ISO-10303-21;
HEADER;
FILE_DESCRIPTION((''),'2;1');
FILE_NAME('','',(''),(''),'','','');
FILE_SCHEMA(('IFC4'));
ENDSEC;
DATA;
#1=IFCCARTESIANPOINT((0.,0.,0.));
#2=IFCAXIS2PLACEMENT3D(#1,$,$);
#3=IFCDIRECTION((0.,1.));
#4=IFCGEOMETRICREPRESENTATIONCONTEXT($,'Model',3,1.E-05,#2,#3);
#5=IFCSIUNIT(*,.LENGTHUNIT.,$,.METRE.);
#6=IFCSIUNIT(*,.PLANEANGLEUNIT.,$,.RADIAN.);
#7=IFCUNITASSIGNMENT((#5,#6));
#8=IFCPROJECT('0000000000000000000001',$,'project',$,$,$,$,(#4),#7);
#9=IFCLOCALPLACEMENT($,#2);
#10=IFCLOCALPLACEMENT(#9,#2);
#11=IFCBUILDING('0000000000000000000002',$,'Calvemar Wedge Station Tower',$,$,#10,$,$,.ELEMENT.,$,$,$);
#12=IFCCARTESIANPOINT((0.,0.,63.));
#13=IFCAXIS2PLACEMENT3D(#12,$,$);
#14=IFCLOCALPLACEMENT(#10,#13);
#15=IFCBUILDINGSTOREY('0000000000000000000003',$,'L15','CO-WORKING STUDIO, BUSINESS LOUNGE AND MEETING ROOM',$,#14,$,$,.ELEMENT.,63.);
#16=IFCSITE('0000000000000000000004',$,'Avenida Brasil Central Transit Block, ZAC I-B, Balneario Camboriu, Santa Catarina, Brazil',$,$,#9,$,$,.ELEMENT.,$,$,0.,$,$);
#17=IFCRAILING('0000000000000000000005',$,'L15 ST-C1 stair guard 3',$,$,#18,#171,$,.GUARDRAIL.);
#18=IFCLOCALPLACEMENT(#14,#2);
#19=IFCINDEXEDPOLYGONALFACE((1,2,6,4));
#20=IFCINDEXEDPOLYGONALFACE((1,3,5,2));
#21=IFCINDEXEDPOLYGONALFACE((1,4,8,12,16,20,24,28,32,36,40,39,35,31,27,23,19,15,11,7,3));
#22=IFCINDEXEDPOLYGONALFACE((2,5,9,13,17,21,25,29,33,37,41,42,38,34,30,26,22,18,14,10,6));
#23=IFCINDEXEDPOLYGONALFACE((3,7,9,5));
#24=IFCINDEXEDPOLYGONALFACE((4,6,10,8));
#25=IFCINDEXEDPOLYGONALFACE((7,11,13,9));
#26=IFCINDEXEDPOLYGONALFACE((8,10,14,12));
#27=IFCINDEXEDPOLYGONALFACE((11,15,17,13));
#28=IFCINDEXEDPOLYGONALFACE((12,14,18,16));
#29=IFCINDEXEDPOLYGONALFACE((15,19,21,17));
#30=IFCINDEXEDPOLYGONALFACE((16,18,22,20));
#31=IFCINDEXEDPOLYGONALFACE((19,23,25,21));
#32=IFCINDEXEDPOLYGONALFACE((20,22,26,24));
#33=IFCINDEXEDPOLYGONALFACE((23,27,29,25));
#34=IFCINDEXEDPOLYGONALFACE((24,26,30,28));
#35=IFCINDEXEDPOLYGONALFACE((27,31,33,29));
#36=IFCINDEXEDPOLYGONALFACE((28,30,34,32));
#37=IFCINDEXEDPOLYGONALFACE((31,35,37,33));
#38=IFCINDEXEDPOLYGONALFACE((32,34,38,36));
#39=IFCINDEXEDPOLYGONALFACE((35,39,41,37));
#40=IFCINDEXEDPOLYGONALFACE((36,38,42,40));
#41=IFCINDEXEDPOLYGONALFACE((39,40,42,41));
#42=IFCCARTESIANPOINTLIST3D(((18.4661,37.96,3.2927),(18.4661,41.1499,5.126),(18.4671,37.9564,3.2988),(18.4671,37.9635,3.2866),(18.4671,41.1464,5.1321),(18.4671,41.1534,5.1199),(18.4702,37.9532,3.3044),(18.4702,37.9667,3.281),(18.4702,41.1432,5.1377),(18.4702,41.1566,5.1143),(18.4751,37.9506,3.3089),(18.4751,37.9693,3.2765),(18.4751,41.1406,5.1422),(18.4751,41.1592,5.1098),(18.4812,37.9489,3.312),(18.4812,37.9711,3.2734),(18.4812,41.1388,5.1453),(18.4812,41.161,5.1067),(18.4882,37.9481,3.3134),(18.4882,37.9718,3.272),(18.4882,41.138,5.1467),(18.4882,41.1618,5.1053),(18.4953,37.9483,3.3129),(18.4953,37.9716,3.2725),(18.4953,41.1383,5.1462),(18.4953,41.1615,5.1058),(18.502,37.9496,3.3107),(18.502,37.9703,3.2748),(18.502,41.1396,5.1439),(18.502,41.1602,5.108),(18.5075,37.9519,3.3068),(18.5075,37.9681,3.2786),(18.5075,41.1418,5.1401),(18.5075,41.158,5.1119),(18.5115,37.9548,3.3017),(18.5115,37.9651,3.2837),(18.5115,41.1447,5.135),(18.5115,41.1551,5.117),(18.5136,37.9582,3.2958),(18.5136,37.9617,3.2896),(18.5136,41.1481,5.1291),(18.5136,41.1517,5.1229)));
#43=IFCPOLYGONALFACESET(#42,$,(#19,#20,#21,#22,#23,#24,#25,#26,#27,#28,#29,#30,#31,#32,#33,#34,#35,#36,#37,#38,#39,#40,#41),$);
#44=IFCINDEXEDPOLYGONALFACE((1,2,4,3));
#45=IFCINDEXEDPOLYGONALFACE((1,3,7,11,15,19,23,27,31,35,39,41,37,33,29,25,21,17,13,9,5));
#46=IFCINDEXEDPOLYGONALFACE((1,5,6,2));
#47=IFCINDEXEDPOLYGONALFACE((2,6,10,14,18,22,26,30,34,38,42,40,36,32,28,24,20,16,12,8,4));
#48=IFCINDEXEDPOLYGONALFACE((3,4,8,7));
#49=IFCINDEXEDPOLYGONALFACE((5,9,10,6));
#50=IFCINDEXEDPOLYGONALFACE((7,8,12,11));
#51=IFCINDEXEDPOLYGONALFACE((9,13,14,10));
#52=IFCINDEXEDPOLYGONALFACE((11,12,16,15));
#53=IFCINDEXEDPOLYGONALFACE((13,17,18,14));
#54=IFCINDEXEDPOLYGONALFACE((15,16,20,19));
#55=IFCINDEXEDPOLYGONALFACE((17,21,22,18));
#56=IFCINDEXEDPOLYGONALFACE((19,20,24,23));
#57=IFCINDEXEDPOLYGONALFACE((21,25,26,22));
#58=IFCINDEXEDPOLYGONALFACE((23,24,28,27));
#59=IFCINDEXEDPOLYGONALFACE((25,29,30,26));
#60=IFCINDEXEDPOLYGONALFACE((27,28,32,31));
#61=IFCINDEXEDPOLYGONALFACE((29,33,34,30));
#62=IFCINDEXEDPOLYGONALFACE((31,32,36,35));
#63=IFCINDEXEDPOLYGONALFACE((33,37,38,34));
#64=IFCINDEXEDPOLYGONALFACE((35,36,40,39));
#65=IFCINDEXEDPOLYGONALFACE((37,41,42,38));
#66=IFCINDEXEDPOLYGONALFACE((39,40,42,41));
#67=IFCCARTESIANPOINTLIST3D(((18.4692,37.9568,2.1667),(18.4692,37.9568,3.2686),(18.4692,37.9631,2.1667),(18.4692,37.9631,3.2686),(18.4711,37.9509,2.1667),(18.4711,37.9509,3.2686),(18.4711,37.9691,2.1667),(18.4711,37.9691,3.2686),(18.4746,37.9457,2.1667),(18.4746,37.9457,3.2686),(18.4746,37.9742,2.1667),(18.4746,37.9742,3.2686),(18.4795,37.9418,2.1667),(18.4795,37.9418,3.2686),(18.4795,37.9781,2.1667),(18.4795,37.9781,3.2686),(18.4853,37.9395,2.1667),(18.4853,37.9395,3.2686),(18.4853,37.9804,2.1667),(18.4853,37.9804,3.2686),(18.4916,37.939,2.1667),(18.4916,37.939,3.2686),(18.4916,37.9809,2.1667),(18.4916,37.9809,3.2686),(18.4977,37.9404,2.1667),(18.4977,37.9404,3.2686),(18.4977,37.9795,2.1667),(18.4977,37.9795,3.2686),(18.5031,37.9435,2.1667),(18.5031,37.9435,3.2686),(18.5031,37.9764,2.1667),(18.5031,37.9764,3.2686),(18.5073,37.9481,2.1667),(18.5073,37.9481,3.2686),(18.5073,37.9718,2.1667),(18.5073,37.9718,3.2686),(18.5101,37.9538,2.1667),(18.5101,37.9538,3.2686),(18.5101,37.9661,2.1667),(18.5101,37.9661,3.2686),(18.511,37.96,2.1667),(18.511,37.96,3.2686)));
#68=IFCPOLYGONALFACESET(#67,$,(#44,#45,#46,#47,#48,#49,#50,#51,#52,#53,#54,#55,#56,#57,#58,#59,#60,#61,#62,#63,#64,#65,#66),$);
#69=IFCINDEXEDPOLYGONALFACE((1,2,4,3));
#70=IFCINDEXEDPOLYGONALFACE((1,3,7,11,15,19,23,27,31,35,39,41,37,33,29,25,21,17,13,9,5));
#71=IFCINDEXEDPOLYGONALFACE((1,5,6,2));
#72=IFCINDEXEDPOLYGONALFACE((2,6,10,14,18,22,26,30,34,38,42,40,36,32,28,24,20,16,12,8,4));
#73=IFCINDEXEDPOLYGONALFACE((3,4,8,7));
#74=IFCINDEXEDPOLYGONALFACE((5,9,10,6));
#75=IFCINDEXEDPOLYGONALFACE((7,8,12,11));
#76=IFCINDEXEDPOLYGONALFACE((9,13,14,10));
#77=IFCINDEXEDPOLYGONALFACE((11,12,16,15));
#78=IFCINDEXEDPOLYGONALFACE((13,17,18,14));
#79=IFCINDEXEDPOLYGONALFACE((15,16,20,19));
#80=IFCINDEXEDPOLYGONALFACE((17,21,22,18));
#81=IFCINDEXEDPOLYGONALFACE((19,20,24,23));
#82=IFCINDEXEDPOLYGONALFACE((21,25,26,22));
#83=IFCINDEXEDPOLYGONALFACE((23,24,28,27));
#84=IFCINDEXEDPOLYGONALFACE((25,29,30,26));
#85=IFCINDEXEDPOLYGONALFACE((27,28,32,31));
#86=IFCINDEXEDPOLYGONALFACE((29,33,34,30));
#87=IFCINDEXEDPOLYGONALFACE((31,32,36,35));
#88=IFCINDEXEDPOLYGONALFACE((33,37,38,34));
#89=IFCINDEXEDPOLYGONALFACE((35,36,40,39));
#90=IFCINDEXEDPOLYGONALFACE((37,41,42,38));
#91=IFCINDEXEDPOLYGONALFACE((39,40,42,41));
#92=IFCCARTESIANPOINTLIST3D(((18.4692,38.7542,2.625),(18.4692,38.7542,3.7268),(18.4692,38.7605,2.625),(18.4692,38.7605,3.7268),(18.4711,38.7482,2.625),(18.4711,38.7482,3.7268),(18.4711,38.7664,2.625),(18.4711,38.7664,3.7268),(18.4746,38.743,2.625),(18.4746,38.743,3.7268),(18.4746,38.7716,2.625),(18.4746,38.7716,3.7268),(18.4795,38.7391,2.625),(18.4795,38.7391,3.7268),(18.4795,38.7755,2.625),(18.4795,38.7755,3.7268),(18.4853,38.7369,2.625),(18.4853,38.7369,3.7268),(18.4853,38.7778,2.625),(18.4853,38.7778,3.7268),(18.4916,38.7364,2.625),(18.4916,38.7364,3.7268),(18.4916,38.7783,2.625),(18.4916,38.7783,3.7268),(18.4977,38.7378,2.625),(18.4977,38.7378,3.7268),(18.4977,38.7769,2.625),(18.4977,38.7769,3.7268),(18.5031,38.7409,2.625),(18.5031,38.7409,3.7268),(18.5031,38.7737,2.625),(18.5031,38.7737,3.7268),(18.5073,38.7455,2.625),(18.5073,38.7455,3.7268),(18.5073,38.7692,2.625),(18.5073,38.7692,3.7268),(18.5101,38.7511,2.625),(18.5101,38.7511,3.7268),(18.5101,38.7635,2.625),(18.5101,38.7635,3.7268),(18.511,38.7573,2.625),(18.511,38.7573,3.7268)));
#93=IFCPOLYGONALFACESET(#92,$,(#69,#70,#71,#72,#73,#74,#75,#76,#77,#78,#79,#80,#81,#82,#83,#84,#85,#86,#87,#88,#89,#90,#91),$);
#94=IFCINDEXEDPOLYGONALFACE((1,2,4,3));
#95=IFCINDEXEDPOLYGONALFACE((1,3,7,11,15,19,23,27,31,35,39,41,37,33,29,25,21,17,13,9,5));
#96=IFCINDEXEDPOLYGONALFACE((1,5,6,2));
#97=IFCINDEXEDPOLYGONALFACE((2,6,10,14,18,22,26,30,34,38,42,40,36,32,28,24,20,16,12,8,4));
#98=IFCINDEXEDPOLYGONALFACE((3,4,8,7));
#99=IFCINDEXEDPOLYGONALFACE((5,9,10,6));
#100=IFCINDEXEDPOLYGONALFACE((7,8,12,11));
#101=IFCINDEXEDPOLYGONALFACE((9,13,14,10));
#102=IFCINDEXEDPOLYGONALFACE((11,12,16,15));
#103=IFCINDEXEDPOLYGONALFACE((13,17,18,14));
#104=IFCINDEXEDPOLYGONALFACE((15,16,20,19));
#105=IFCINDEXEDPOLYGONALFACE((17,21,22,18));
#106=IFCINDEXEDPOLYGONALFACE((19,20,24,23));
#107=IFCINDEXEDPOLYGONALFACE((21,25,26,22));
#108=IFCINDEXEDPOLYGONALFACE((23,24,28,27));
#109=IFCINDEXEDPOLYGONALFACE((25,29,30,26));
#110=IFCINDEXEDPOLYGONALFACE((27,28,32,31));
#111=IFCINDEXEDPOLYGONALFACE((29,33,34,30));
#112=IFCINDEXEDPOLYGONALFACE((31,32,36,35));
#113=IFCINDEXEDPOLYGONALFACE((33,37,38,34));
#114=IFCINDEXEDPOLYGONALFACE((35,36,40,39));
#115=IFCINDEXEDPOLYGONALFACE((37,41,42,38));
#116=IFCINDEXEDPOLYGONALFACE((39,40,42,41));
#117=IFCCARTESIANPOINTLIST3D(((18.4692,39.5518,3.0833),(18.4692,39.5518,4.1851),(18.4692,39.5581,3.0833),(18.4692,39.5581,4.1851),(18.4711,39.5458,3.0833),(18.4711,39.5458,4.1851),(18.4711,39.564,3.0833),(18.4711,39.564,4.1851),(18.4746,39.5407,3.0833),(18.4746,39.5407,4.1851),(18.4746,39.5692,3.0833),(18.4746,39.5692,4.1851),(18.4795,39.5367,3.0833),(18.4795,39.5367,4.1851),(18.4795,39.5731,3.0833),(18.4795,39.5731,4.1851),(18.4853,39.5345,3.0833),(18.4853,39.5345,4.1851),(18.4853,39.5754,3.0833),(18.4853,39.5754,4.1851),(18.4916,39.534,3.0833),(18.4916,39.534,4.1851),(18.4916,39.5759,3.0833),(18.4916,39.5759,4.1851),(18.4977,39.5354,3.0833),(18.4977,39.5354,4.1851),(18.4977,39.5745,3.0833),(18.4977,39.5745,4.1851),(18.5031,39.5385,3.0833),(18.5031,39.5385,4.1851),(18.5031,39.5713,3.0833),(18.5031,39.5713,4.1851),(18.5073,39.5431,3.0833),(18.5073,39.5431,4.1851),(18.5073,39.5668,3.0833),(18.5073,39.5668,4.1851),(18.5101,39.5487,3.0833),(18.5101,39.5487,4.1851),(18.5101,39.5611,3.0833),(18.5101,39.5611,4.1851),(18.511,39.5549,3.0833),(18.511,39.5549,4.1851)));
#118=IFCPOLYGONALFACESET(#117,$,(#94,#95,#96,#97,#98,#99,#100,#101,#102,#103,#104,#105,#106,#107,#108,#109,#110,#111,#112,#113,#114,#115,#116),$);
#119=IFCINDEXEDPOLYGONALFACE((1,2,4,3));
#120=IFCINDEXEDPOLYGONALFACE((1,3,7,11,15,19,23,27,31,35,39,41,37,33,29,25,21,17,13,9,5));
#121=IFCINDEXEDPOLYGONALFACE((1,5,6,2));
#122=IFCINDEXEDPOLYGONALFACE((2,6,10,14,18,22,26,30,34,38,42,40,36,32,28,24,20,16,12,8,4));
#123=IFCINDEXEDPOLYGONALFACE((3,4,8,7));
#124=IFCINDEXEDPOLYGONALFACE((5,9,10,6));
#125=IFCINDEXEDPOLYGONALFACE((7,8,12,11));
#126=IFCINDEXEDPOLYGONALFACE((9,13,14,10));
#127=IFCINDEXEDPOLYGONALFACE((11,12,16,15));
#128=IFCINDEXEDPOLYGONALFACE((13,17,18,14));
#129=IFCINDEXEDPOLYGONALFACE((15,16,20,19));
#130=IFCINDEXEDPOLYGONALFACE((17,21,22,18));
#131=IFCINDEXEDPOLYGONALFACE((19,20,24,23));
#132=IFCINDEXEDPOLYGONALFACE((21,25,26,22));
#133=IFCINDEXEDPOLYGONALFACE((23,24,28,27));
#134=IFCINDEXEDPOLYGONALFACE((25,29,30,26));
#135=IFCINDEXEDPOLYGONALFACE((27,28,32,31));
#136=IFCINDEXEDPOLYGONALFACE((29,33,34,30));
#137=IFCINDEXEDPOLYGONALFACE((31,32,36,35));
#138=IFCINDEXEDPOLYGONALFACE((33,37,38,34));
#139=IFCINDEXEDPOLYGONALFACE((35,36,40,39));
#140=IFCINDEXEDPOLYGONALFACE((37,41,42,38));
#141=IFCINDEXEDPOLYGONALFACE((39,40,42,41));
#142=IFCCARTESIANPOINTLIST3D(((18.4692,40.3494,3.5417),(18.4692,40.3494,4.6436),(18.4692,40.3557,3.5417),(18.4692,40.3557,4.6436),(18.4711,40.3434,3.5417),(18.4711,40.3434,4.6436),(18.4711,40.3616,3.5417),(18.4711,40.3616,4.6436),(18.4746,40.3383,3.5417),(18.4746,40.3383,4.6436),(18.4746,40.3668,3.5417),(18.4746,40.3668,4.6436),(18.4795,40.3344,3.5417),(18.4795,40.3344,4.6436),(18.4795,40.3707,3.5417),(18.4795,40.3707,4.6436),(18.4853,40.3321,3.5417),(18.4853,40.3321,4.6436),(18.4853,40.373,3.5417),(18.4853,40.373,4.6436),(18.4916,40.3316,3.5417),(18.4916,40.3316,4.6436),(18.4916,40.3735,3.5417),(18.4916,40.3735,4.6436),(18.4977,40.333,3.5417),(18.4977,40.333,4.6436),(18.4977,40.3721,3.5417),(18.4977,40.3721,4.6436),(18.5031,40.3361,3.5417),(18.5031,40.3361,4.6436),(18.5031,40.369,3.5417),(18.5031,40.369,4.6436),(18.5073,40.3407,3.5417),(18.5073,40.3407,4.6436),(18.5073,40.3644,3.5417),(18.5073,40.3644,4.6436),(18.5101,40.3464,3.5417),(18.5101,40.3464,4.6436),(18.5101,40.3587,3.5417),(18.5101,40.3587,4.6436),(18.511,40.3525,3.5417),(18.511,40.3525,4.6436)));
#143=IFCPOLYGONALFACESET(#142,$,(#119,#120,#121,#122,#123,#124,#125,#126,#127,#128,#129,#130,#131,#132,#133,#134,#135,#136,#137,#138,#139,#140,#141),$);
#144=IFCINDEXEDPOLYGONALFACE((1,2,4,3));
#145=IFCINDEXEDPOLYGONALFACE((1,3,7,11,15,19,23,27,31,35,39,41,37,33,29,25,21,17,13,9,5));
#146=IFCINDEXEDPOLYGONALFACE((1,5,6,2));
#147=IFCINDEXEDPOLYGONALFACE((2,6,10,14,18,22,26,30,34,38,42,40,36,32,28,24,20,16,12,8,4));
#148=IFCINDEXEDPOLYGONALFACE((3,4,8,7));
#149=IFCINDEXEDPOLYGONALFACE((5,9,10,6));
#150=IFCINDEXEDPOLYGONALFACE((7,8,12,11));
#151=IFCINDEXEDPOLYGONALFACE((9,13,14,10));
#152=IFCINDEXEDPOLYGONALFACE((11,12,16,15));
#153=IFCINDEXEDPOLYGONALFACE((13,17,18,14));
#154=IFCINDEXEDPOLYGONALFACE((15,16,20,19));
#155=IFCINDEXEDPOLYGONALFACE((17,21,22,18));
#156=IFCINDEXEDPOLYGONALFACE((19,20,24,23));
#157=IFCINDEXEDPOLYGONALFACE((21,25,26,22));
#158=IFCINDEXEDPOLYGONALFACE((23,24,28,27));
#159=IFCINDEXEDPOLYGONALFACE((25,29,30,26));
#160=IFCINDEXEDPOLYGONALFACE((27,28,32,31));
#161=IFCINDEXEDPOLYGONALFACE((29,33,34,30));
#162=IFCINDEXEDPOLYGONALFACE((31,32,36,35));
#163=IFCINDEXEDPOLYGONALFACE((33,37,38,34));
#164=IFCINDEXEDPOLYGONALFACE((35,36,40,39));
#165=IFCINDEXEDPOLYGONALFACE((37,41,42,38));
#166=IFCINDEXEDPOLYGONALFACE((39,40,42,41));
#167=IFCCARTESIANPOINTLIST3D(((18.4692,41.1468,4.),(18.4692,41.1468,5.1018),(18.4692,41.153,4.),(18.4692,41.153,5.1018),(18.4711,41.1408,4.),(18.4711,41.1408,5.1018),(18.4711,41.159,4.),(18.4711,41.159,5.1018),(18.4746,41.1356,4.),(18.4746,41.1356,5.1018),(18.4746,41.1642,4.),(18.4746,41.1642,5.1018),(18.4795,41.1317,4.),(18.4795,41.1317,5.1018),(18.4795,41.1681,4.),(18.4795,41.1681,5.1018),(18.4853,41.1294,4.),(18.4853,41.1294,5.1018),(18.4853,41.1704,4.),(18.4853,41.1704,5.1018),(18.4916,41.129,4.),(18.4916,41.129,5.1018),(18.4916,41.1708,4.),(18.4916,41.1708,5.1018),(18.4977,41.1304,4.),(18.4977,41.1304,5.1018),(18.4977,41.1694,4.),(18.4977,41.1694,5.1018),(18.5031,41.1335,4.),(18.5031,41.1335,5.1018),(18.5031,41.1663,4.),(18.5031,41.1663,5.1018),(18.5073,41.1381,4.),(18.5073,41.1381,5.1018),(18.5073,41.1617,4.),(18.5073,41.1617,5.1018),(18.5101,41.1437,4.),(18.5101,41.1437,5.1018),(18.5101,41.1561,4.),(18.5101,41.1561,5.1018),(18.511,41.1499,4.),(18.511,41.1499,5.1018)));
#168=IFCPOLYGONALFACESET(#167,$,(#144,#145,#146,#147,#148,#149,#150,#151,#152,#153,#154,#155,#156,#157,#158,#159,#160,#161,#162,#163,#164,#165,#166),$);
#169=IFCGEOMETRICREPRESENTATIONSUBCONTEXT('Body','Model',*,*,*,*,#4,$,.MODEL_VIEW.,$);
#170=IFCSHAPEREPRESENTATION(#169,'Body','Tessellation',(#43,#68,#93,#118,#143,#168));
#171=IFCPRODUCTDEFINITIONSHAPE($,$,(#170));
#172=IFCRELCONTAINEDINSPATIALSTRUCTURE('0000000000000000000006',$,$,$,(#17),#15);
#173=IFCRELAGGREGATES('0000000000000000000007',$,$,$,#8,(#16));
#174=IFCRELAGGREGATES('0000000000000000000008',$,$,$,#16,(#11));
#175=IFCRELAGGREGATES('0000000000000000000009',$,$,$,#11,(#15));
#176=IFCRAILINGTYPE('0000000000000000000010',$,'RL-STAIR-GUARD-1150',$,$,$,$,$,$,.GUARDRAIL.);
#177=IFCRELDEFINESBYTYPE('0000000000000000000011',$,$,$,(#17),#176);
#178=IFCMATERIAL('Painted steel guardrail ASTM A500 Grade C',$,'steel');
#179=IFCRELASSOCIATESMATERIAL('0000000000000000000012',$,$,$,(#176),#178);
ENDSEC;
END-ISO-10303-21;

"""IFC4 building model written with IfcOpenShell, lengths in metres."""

from ifc_helpers import new_model, si_unit, direction, frame, origin, origin_2d, place, context, subcontext, project, spatial, circle, extrude, material, type_object, element, save


model = new_model("IFC4")

# Units and contexts
model_context = context("Model", 3, precision=1e-05, world=origin(), true_north=direction((0.0, 1.0)))
body_context = subcontext(model_context, "Body", "Model", "MODEL_VIEW")
ifc_project = project(units=[si_unit("LENGTHUNIT", "METRE"), si_unit("PLANEANGLEUNIT", "RADIAN")], contexts=[model_context])

# Site, building, storey
site_placement = place(None, origin())
site = spatial("IfcSite", under=ifc_project, at=site_placement, Name="Avenida Brasil Central Transit Block, ZAC I-B, Balneario Camboriu, Santa Catarina, Brazil", CompositionType="ELEMENT", RefElevation=0.0)
building_placement = place(site_placement, origin())
building = spatial("IfcBuilding", under=site, at=building_placement, Name="Calvemar Wedge Station Tower", CompositionType="ELEMENT")
storey_placement = place(building_placement, frame((0.0, 0.0, 63.0)))
storey = spatial("IfcBuildingStorey", under=building, at=storey_placement, Name="L15", Description="CO-WORKING STUDIO, BUSINESS LOUNGE AND MEETING ROOM", CompositionType="ELEMENT", Elevation=63.0)

# Railing
ifc_material_1 = material(Name="Painted steel guardrail ASTM A500 Grade C", Category="steel")
railing_type_1 = type_object("IfcRailingType", Name="RL-STAIR-GUARD-1150", PredefinedType="GUARDRAIL", material=ifc_material_1)
railing_1_placement = place(storey_placement, frame((18.49, 37.96, 2.1667)))
element("IfcRailing", 1, at=railing_1_placement, inside=storey, type_object=railing_type_1, Name="L15 ST-C1 stair guard 3", PredefinedType="GUARDRAIL", context=body_context, shape_type="SweptSolid", body=[
    extrude(circle(Radius=0.0239, at=origin_2d()), frame((0.0, 0.0, 1.126), z_axis=(0.0, 0.86702, 0.498274), x_axis=(-1.0, 0.0, 0.0)), (0.0, 0.0, 1.0), 3.6792),
    extrude(circle(Radius=0.021, at=origin_2d()), origin(), (0.0, 0.0, 1.0), 1.1018),
    extrude(circle(Radius=0.021, at=origin_2d()), frame((0.0, 0.7974, 0.4583)), (0.0, 0.0, 1.0), 1.1018),
    extrude(circle(Radius=0.021, at=origin_2d()), frame((0.0, 1.595, 0.9165)), (0.0, 0.0, 1.0), 1.1018),
    extrude(circle(Radius=0.021, at=origin_2d()), frame((0.0, 2.3926, 1.375)), (0.0, 0.0, 1.0), 1.1018),
    extrude(circle(Radius=0.021, at=origin_2d()), frame((0.0, 3.1899, 1.8333)), (0.0, 0.0, 1.0), 1.1018),
])

save(model, "model.ifc")
